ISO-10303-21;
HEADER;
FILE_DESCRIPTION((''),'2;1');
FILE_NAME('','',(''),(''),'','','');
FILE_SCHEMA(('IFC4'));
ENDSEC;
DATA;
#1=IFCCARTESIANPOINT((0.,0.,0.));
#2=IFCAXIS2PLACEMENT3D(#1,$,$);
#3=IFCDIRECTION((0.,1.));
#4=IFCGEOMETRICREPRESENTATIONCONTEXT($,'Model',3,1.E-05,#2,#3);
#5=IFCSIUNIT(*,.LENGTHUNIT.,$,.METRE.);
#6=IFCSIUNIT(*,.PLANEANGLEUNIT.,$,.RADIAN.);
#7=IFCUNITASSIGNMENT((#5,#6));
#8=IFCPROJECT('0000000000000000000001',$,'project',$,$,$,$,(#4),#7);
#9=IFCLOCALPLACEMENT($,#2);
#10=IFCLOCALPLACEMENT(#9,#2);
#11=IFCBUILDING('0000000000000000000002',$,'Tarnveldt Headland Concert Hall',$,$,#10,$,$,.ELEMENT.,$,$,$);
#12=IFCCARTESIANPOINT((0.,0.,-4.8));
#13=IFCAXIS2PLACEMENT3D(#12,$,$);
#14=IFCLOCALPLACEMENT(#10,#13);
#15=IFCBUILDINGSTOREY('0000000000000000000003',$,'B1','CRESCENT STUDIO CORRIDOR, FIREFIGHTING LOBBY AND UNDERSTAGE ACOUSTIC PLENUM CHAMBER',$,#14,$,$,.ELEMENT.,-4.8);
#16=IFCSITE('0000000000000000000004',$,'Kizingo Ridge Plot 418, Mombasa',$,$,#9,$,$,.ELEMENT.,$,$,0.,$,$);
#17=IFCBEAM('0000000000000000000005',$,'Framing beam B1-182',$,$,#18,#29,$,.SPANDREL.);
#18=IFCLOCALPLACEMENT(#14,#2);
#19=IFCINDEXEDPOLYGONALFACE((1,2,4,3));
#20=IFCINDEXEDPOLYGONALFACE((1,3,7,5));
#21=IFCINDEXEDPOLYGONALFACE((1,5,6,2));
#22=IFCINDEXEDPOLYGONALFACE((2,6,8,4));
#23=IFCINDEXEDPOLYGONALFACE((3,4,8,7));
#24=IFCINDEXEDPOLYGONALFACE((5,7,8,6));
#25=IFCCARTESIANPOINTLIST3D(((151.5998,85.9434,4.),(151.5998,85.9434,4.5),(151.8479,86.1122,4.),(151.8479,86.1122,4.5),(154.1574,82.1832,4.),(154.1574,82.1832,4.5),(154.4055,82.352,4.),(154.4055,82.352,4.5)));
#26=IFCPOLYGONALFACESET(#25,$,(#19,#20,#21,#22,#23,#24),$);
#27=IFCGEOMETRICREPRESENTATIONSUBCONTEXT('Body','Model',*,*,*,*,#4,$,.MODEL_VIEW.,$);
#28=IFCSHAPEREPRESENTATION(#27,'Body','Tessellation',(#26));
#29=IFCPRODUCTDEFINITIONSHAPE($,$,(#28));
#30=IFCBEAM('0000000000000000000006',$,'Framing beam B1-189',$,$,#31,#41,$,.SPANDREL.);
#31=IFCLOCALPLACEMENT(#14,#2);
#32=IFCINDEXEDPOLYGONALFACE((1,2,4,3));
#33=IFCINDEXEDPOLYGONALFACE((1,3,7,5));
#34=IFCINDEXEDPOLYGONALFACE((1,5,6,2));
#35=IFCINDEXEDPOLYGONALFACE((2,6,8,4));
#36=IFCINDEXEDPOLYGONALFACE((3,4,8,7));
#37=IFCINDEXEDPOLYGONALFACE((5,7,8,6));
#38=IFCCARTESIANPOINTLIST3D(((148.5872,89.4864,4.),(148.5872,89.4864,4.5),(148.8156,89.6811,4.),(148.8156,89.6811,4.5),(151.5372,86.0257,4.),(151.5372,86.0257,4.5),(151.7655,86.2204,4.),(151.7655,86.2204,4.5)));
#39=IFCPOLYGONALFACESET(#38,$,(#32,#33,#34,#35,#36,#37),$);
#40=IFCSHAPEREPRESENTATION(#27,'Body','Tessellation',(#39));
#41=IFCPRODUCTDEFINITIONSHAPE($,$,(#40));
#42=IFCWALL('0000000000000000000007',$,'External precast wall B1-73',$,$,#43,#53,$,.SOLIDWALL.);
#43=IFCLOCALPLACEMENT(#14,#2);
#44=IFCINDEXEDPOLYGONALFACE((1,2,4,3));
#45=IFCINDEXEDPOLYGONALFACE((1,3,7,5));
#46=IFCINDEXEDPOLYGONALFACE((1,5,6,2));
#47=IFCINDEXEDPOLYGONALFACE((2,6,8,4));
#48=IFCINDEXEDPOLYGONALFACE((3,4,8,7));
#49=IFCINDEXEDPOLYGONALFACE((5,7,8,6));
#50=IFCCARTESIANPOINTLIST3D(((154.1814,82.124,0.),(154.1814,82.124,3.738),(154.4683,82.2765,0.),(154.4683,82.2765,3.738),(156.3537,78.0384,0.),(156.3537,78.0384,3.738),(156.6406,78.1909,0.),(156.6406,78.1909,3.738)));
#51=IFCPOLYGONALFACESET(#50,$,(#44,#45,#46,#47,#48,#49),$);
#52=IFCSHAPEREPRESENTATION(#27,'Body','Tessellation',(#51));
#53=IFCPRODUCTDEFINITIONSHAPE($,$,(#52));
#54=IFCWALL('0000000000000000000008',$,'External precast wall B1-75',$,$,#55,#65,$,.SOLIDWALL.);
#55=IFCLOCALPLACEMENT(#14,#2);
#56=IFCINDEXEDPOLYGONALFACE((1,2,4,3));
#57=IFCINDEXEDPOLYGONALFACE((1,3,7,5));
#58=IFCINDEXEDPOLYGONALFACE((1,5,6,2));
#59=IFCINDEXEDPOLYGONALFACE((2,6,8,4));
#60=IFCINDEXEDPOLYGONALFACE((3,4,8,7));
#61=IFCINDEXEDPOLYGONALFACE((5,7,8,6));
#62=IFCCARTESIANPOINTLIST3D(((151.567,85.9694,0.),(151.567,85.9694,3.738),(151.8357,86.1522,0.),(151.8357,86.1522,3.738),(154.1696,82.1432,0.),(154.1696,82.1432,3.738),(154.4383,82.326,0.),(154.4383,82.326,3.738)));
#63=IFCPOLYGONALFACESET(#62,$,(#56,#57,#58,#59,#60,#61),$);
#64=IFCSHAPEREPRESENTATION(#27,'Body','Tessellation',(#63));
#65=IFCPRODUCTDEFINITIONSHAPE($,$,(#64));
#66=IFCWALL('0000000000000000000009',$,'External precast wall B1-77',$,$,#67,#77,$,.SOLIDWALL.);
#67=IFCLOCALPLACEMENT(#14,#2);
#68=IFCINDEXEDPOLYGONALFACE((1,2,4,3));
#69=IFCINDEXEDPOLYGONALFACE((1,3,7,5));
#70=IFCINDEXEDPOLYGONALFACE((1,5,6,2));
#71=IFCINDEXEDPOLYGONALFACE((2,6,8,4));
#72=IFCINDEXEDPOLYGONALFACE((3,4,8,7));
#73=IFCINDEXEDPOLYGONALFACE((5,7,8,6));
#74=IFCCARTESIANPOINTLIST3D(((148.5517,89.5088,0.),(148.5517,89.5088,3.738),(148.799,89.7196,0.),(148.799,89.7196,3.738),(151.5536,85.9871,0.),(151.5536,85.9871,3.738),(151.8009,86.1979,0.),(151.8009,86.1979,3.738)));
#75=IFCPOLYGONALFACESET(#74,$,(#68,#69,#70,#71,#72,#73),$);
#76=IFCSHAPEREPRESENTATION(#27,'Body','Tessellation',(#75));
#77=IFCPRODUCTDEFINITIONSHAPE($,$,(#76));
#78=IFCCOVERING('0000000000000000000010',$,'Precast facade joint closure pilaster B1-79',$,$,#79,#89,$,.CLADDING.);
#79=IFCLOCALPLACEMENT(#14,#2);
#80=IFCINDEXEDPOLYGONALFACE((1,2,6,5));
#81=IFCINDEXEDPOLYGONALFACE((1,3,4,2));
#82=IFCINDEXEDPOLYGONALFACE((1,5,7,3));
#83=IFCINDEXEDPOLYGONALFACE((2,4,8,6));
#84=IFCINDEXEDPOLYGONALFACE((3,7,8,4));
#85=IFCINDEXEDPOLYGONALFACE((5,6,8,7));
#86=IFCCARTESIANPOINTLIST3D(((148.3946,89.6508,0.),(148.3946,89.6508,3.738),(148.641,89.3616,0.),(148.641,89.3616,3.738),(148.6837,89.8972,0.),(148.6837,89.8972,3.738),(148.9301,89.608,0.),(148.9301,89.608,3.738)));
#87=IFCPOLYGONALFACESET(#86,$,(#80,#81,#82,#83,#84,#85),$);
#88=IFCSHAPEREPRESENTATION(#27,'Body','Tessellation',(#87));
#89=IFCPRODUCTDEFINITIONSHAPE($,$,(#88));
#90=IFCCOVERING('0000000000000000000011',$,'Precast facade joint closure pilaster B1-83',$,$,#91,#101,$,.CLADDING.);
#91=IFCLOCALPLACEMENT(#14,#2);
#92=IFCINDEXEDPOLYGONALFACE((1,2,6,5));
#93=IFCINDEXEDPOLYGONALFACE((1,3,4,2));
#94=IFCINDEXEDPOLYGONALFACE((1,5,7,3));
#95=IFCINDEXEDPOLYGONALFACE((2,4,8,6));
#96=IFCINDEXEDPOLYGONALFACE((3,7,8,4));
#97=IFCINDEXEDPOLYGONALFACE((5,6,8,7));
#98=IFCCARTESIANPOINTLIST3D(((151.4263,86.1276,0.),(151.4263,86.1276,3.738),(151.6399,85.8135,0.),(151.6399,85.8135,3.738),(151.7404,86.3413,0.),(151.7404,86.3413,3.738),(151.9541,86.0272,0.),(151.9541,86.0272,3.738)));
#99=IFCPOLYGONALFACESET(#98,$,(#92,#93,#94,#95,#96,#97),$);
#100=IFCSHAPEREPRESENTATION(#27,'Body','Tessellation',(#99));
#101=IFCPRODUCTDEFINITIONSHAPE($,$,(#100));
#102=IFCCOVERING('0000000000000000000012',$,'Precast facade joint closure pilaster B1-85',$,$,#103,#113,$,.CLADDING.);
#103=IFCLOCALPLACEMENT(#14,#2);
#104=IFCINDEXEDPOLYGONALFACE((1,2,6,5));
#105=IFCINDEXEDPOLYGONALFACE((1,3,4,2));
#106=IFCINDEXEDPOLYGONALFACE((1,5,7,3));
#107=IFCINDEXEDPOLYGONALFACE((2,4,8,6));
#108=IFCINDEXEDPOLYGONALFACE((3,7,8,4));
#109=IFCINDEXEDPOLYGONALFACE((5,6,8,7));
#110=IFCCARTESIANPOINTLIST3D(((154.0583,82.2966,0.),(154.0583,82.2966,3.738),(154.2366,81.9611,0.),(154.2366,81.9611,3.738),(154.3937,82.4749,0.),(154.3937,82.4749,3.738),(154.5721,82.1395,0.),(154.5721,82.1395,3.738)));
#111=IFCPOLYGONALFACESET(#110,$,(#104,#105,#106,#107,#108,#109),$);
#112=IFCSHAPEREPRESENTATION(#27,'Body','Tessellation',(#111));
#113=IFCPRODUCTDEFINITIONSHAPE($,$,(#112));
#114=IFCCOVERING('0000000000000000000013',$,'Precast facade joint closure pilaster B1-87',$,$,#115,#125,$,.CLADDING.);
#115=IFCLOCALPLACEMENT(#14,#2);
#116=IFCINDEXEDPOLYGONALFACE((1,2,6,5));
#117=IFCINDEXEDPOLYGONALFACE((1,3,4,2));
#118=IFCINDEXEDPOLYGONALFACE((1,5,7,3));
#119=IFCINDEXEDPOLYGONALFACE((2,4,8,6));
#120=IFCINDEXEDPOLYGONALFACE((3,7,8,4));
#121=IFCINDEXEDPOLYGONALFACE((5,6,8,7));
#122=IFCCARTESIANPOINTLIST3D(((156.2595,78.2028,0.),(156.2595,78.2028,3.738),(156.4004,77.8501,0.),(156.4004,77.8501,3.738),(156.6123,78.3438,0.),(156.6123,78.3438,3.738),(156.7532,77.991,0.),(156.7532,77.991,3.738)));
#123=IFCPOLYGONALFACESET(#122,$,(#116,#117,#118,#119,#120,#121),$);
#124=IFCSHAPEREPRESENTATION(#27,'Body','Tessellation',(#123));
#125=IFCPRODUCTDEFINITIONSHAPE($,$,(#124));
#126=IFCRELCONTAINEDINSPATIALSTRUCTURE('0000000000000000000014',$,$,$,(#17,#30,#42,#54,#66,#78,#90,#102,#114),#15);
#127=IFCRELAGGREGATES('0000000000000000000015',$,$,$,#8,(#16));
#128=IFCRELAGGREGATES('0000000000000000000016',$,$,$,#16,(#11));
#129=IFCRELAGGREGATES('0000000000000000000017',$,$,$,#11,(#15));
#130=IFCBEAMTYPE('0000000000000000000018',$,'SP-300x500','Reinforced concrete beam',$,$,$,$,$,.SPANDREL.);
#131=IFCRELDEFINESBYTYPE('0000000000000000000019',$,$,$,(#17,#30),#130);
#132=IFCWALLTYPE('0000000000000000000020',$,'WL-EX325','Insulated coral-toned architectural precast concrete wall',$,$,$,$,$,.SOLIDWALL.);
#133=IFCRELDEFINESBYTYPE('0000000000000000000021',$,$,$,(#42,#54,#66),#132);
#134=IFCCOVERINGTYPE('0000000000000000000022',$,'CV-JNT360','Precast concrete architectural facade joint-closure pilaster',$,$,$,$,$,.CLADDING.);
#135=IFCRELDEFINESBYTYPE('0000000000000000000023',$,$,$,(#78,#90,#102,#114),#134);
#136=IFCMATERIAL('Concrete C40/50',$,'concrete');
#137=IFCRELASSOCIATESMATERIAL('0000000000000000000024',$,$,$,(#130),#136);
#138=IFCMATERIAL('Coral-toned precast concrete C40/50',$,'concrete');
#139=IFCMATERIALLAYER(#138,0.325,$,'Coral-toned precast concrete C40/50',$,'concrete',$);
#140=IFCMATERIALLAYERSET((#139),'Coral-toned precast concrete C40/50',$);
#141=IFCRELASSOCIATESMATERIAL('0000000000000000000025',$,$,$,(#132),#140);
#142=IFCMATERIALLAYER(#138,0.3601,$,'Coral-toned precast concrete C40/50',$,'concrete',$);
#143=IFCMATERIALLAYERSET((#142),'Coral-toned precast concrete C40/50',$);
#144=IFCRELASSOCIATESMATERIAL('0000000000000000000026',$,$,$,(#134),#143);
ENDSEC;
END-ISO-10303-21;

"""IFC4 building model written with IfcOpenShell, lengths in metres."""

from ifc_helpers import new_model, si_unit, direction, frame, frame_2d, origin, origin_2d, place, context, subcontext, project, spatial, rectangle, extrude, material, layer, layer_set, material_profile, profile_set, type_object, element, save


model = new_model("IFC4")

# Units and contexts
model_context = context("Model", 3, precision=1e-05, world=origin(), true_north=direction((0.0, 1.0)))
body_context = subcontext(model_context, "Body", "Model", "MODEL_VIEW")
ifc_project = project(units=[si_unit("LENGTHUNIT", "METRE"), si_unit("PLANEANGLEUNIT", "RADIAN")], contexts=[model_context])

# Site, building, storey
site_placement = place(None, origin())
site = spatial("IfcSite", under=ifc_project, at=site_placement, Name="Kizingo Ridge Plot 418, Mombasa", CompositionType="ELEMENT", RefElevation=0.0)
building_placement = place(site_placement, origin())
building = spatial("IfcBuilding", under=site, at=building_placement, Name="Tarnveldt Headland Concert Hall", CompositionType="ELEMENT")
storey_placement = place(building_placement, frame((0.0, 0.0, -4.8)))
storey = spatial("IfcBuildingStorey", under=building, at=storey_placement, Name="B1", Description="CRESCENT STUDIO CORRIDOR, FIREFIGHTING LOBBY AND UNDERSTAGE ACOUSTIC PLENUM CHAMBER", CompositionType="ELEMENT", Elevation=-4.8)

# Shared definitions
ifc_material_1 = material(Name="Concrete C40/50", Category="concrete")

# Beams
ifc_material_profile_1 = material_profile(ifc_material_1, rectangle(XDim=0.3, YDim=0.5, at=origin_2d()), Name="RC SPANDREL 300x500", Category="concrete")
ifc_profile_set_1 = profile_set([ifc_material_profile_1], Name="Concrete C40/50")
beam_type_1 = type_object("IfcBeamType", Name="SP-300x500", Description="Reinforced concrete beam", PredefinedType="SPANDREL", material=ifc_profile_set_1)
beam_1_placement = place(storey_placement, frame((154.2815, 82.2676, 4.25), z_axis=(-0.562407, 0.826861, 0.0), x_axis=(-0.826861, -0.562407, 0.0)))
element("IfcBeam", 1, at=beam_1_placement, inside=storey, type_object=beam_type_1, Name="Framing beam B1-182", PredefinedType="SPANDREL", context=body_context, shape_type="SweptSolid", body=[
    extrude(rectangle(XDim=0.3, YDim=0.5, at=origin_2d()), origin(), (0.0, 0.0, 1.0), 4.5476),
])
beam_2_placement = place(storey_placement, frame((151.6514, 86.123, 4.25), z_axis=(-0.648715, 0.761031, 0.0), x_axis=(-0.761031, -0.648715, 0.0)))
element("IfcBeam", 2, at=beam_2_placement, inside=storey, type_object=beam_type_1, Name="Framing beam B1-189", PredefinedType="SPANDREL", context=body_context, shape_type="SweptSolid", body=[
    extrude(rectangle(XDim=0.3, YDim=0.5, at=origin_2d()), origin(), (0.0, 0.0, 1.0), 4.5474),
])

# Walls
ifc_material_2 = material(Name="Coral-toned precast concrete C40/50", Category="concrete")
ifc_layer_1 = layer(ifc_material_2, 0.325, Name="Coral-toned precast concrete C40/50", Category="concrete")
ifc_layer_set_1 = layer_set([ifc_layer_1], Name="Coral-toned precast concrete C40/50")
wall_type = type_object("IfcWallType", Name="WL-EX325", Description="Insulated coral-toned architectural precast concrete wall", PredefinedType="SOLIDWALL", material=ifc_layer_set_1)
wall_placement = place(storey_placement, frame((156.4971, 78.1147, 0.0), z_axis=(0.0, 0.0, 1.0), x_axis=(-0.469465, 0.882951, 0.0)))
element("IfcWall", 3, at=wall_placement, inside=storey, type_object=wall_type, Name="External precast wall B1-73", PredefinedType="SOLIDWALL", context=body_context, shape_type="SweptSolid", body=[
    extrude(rectangle(XDim=4.6272, YDim=0.325, at=frame_2d((2.3135, 0.0))), origin(), (0.0, 0.0, 1.0), 3.738),
])
for number, where, z_axis, x_axis, name in (
    (4, (154.304, 82.2346, 0.0), (0.0, 0.0, 1.0), (-0.56242, 0.826852, 0.0), "External precast wall B1-75"),
    (5, (151.6772, 86.0925, 0.0), (0.0, 0.0, 1.0), (-0.648712, 0.761034, 0.0), "External precast wall B1-77"),
):
    element("IfcWall", number, at=place(storey_placement, frame(where, z_axis=z_axis, x_axis=x_axis)), inside=storey, type_object=wall_type, Name=name, PredefinedType="SOLIDWALL", context=body_context, shape_type="SweptSolid", body=[
        extrude(rectangle(XDim=4.6274, YDim=0.325, at=frame_2d((2.3137, 0.0))), origin(), (0.0, 0.0, 1.0), 3.738),
    ])

# Coverings
ifc_layer_2 = layer(ifc_material_2, 0.3601, Name="Coral-toned precast concrete C40/50", Category="concrete")
ifc_layer_set_2 = layer_set([ifc_layer_2], Name="Coral-toned precast concrete C40/50")
covering_type = type_object("IfcCoveringType", Name="CV-JNT360", Description="Precast concrete architectural facade joint-closure pilaster", PredefinedType="CLADDING", material=ifc_layer_set_2)
for number, where, z_axis, x_axis, name in (
    (6, (148.6624, 89.6294, 0.0), (0.0, 0.0, 1.0), (-0.648651, 0.761086, 0.0), "Precast facade joint closure pilaster B1-79"),
    (7, (151.6902, 86.0774, 0.0), (0.0, 0.0, 1.0), (-0.562372, 0.826884, 0.0), "Precast facade joint closure pilaster B1-83"),
    (8, (154.3152, 82.218, 0.0), (0.0, 0.0, 1.0), (-0.469472, 0.882948, 0.0), "Precast facade joint closure pilaster B1-85"),
    (9, (156.5063, 78.0969, 0.0), (0.0, 0.0, 1.0), (-0.371044, 0.928615, 0.0), "Precast facade joint closure pilaster B1-87"),
):
    element("IfcCovering", number, at=place(storey_placement, frame(where, z_axis=z_axis, x_axis=x_axis)), inside=storey, type_object=covering_type, Name=name, PredefinedType="CLADDING", context=body_context, shape_type="SweptSolid", body=[
        extrude(rectangle(XDim=0.3799, YDim=0.3799, at=origin_2d()), origin(), (0.0, 0.0, 1.0), 3.738),
    ])

save(model, "model.ifc")
